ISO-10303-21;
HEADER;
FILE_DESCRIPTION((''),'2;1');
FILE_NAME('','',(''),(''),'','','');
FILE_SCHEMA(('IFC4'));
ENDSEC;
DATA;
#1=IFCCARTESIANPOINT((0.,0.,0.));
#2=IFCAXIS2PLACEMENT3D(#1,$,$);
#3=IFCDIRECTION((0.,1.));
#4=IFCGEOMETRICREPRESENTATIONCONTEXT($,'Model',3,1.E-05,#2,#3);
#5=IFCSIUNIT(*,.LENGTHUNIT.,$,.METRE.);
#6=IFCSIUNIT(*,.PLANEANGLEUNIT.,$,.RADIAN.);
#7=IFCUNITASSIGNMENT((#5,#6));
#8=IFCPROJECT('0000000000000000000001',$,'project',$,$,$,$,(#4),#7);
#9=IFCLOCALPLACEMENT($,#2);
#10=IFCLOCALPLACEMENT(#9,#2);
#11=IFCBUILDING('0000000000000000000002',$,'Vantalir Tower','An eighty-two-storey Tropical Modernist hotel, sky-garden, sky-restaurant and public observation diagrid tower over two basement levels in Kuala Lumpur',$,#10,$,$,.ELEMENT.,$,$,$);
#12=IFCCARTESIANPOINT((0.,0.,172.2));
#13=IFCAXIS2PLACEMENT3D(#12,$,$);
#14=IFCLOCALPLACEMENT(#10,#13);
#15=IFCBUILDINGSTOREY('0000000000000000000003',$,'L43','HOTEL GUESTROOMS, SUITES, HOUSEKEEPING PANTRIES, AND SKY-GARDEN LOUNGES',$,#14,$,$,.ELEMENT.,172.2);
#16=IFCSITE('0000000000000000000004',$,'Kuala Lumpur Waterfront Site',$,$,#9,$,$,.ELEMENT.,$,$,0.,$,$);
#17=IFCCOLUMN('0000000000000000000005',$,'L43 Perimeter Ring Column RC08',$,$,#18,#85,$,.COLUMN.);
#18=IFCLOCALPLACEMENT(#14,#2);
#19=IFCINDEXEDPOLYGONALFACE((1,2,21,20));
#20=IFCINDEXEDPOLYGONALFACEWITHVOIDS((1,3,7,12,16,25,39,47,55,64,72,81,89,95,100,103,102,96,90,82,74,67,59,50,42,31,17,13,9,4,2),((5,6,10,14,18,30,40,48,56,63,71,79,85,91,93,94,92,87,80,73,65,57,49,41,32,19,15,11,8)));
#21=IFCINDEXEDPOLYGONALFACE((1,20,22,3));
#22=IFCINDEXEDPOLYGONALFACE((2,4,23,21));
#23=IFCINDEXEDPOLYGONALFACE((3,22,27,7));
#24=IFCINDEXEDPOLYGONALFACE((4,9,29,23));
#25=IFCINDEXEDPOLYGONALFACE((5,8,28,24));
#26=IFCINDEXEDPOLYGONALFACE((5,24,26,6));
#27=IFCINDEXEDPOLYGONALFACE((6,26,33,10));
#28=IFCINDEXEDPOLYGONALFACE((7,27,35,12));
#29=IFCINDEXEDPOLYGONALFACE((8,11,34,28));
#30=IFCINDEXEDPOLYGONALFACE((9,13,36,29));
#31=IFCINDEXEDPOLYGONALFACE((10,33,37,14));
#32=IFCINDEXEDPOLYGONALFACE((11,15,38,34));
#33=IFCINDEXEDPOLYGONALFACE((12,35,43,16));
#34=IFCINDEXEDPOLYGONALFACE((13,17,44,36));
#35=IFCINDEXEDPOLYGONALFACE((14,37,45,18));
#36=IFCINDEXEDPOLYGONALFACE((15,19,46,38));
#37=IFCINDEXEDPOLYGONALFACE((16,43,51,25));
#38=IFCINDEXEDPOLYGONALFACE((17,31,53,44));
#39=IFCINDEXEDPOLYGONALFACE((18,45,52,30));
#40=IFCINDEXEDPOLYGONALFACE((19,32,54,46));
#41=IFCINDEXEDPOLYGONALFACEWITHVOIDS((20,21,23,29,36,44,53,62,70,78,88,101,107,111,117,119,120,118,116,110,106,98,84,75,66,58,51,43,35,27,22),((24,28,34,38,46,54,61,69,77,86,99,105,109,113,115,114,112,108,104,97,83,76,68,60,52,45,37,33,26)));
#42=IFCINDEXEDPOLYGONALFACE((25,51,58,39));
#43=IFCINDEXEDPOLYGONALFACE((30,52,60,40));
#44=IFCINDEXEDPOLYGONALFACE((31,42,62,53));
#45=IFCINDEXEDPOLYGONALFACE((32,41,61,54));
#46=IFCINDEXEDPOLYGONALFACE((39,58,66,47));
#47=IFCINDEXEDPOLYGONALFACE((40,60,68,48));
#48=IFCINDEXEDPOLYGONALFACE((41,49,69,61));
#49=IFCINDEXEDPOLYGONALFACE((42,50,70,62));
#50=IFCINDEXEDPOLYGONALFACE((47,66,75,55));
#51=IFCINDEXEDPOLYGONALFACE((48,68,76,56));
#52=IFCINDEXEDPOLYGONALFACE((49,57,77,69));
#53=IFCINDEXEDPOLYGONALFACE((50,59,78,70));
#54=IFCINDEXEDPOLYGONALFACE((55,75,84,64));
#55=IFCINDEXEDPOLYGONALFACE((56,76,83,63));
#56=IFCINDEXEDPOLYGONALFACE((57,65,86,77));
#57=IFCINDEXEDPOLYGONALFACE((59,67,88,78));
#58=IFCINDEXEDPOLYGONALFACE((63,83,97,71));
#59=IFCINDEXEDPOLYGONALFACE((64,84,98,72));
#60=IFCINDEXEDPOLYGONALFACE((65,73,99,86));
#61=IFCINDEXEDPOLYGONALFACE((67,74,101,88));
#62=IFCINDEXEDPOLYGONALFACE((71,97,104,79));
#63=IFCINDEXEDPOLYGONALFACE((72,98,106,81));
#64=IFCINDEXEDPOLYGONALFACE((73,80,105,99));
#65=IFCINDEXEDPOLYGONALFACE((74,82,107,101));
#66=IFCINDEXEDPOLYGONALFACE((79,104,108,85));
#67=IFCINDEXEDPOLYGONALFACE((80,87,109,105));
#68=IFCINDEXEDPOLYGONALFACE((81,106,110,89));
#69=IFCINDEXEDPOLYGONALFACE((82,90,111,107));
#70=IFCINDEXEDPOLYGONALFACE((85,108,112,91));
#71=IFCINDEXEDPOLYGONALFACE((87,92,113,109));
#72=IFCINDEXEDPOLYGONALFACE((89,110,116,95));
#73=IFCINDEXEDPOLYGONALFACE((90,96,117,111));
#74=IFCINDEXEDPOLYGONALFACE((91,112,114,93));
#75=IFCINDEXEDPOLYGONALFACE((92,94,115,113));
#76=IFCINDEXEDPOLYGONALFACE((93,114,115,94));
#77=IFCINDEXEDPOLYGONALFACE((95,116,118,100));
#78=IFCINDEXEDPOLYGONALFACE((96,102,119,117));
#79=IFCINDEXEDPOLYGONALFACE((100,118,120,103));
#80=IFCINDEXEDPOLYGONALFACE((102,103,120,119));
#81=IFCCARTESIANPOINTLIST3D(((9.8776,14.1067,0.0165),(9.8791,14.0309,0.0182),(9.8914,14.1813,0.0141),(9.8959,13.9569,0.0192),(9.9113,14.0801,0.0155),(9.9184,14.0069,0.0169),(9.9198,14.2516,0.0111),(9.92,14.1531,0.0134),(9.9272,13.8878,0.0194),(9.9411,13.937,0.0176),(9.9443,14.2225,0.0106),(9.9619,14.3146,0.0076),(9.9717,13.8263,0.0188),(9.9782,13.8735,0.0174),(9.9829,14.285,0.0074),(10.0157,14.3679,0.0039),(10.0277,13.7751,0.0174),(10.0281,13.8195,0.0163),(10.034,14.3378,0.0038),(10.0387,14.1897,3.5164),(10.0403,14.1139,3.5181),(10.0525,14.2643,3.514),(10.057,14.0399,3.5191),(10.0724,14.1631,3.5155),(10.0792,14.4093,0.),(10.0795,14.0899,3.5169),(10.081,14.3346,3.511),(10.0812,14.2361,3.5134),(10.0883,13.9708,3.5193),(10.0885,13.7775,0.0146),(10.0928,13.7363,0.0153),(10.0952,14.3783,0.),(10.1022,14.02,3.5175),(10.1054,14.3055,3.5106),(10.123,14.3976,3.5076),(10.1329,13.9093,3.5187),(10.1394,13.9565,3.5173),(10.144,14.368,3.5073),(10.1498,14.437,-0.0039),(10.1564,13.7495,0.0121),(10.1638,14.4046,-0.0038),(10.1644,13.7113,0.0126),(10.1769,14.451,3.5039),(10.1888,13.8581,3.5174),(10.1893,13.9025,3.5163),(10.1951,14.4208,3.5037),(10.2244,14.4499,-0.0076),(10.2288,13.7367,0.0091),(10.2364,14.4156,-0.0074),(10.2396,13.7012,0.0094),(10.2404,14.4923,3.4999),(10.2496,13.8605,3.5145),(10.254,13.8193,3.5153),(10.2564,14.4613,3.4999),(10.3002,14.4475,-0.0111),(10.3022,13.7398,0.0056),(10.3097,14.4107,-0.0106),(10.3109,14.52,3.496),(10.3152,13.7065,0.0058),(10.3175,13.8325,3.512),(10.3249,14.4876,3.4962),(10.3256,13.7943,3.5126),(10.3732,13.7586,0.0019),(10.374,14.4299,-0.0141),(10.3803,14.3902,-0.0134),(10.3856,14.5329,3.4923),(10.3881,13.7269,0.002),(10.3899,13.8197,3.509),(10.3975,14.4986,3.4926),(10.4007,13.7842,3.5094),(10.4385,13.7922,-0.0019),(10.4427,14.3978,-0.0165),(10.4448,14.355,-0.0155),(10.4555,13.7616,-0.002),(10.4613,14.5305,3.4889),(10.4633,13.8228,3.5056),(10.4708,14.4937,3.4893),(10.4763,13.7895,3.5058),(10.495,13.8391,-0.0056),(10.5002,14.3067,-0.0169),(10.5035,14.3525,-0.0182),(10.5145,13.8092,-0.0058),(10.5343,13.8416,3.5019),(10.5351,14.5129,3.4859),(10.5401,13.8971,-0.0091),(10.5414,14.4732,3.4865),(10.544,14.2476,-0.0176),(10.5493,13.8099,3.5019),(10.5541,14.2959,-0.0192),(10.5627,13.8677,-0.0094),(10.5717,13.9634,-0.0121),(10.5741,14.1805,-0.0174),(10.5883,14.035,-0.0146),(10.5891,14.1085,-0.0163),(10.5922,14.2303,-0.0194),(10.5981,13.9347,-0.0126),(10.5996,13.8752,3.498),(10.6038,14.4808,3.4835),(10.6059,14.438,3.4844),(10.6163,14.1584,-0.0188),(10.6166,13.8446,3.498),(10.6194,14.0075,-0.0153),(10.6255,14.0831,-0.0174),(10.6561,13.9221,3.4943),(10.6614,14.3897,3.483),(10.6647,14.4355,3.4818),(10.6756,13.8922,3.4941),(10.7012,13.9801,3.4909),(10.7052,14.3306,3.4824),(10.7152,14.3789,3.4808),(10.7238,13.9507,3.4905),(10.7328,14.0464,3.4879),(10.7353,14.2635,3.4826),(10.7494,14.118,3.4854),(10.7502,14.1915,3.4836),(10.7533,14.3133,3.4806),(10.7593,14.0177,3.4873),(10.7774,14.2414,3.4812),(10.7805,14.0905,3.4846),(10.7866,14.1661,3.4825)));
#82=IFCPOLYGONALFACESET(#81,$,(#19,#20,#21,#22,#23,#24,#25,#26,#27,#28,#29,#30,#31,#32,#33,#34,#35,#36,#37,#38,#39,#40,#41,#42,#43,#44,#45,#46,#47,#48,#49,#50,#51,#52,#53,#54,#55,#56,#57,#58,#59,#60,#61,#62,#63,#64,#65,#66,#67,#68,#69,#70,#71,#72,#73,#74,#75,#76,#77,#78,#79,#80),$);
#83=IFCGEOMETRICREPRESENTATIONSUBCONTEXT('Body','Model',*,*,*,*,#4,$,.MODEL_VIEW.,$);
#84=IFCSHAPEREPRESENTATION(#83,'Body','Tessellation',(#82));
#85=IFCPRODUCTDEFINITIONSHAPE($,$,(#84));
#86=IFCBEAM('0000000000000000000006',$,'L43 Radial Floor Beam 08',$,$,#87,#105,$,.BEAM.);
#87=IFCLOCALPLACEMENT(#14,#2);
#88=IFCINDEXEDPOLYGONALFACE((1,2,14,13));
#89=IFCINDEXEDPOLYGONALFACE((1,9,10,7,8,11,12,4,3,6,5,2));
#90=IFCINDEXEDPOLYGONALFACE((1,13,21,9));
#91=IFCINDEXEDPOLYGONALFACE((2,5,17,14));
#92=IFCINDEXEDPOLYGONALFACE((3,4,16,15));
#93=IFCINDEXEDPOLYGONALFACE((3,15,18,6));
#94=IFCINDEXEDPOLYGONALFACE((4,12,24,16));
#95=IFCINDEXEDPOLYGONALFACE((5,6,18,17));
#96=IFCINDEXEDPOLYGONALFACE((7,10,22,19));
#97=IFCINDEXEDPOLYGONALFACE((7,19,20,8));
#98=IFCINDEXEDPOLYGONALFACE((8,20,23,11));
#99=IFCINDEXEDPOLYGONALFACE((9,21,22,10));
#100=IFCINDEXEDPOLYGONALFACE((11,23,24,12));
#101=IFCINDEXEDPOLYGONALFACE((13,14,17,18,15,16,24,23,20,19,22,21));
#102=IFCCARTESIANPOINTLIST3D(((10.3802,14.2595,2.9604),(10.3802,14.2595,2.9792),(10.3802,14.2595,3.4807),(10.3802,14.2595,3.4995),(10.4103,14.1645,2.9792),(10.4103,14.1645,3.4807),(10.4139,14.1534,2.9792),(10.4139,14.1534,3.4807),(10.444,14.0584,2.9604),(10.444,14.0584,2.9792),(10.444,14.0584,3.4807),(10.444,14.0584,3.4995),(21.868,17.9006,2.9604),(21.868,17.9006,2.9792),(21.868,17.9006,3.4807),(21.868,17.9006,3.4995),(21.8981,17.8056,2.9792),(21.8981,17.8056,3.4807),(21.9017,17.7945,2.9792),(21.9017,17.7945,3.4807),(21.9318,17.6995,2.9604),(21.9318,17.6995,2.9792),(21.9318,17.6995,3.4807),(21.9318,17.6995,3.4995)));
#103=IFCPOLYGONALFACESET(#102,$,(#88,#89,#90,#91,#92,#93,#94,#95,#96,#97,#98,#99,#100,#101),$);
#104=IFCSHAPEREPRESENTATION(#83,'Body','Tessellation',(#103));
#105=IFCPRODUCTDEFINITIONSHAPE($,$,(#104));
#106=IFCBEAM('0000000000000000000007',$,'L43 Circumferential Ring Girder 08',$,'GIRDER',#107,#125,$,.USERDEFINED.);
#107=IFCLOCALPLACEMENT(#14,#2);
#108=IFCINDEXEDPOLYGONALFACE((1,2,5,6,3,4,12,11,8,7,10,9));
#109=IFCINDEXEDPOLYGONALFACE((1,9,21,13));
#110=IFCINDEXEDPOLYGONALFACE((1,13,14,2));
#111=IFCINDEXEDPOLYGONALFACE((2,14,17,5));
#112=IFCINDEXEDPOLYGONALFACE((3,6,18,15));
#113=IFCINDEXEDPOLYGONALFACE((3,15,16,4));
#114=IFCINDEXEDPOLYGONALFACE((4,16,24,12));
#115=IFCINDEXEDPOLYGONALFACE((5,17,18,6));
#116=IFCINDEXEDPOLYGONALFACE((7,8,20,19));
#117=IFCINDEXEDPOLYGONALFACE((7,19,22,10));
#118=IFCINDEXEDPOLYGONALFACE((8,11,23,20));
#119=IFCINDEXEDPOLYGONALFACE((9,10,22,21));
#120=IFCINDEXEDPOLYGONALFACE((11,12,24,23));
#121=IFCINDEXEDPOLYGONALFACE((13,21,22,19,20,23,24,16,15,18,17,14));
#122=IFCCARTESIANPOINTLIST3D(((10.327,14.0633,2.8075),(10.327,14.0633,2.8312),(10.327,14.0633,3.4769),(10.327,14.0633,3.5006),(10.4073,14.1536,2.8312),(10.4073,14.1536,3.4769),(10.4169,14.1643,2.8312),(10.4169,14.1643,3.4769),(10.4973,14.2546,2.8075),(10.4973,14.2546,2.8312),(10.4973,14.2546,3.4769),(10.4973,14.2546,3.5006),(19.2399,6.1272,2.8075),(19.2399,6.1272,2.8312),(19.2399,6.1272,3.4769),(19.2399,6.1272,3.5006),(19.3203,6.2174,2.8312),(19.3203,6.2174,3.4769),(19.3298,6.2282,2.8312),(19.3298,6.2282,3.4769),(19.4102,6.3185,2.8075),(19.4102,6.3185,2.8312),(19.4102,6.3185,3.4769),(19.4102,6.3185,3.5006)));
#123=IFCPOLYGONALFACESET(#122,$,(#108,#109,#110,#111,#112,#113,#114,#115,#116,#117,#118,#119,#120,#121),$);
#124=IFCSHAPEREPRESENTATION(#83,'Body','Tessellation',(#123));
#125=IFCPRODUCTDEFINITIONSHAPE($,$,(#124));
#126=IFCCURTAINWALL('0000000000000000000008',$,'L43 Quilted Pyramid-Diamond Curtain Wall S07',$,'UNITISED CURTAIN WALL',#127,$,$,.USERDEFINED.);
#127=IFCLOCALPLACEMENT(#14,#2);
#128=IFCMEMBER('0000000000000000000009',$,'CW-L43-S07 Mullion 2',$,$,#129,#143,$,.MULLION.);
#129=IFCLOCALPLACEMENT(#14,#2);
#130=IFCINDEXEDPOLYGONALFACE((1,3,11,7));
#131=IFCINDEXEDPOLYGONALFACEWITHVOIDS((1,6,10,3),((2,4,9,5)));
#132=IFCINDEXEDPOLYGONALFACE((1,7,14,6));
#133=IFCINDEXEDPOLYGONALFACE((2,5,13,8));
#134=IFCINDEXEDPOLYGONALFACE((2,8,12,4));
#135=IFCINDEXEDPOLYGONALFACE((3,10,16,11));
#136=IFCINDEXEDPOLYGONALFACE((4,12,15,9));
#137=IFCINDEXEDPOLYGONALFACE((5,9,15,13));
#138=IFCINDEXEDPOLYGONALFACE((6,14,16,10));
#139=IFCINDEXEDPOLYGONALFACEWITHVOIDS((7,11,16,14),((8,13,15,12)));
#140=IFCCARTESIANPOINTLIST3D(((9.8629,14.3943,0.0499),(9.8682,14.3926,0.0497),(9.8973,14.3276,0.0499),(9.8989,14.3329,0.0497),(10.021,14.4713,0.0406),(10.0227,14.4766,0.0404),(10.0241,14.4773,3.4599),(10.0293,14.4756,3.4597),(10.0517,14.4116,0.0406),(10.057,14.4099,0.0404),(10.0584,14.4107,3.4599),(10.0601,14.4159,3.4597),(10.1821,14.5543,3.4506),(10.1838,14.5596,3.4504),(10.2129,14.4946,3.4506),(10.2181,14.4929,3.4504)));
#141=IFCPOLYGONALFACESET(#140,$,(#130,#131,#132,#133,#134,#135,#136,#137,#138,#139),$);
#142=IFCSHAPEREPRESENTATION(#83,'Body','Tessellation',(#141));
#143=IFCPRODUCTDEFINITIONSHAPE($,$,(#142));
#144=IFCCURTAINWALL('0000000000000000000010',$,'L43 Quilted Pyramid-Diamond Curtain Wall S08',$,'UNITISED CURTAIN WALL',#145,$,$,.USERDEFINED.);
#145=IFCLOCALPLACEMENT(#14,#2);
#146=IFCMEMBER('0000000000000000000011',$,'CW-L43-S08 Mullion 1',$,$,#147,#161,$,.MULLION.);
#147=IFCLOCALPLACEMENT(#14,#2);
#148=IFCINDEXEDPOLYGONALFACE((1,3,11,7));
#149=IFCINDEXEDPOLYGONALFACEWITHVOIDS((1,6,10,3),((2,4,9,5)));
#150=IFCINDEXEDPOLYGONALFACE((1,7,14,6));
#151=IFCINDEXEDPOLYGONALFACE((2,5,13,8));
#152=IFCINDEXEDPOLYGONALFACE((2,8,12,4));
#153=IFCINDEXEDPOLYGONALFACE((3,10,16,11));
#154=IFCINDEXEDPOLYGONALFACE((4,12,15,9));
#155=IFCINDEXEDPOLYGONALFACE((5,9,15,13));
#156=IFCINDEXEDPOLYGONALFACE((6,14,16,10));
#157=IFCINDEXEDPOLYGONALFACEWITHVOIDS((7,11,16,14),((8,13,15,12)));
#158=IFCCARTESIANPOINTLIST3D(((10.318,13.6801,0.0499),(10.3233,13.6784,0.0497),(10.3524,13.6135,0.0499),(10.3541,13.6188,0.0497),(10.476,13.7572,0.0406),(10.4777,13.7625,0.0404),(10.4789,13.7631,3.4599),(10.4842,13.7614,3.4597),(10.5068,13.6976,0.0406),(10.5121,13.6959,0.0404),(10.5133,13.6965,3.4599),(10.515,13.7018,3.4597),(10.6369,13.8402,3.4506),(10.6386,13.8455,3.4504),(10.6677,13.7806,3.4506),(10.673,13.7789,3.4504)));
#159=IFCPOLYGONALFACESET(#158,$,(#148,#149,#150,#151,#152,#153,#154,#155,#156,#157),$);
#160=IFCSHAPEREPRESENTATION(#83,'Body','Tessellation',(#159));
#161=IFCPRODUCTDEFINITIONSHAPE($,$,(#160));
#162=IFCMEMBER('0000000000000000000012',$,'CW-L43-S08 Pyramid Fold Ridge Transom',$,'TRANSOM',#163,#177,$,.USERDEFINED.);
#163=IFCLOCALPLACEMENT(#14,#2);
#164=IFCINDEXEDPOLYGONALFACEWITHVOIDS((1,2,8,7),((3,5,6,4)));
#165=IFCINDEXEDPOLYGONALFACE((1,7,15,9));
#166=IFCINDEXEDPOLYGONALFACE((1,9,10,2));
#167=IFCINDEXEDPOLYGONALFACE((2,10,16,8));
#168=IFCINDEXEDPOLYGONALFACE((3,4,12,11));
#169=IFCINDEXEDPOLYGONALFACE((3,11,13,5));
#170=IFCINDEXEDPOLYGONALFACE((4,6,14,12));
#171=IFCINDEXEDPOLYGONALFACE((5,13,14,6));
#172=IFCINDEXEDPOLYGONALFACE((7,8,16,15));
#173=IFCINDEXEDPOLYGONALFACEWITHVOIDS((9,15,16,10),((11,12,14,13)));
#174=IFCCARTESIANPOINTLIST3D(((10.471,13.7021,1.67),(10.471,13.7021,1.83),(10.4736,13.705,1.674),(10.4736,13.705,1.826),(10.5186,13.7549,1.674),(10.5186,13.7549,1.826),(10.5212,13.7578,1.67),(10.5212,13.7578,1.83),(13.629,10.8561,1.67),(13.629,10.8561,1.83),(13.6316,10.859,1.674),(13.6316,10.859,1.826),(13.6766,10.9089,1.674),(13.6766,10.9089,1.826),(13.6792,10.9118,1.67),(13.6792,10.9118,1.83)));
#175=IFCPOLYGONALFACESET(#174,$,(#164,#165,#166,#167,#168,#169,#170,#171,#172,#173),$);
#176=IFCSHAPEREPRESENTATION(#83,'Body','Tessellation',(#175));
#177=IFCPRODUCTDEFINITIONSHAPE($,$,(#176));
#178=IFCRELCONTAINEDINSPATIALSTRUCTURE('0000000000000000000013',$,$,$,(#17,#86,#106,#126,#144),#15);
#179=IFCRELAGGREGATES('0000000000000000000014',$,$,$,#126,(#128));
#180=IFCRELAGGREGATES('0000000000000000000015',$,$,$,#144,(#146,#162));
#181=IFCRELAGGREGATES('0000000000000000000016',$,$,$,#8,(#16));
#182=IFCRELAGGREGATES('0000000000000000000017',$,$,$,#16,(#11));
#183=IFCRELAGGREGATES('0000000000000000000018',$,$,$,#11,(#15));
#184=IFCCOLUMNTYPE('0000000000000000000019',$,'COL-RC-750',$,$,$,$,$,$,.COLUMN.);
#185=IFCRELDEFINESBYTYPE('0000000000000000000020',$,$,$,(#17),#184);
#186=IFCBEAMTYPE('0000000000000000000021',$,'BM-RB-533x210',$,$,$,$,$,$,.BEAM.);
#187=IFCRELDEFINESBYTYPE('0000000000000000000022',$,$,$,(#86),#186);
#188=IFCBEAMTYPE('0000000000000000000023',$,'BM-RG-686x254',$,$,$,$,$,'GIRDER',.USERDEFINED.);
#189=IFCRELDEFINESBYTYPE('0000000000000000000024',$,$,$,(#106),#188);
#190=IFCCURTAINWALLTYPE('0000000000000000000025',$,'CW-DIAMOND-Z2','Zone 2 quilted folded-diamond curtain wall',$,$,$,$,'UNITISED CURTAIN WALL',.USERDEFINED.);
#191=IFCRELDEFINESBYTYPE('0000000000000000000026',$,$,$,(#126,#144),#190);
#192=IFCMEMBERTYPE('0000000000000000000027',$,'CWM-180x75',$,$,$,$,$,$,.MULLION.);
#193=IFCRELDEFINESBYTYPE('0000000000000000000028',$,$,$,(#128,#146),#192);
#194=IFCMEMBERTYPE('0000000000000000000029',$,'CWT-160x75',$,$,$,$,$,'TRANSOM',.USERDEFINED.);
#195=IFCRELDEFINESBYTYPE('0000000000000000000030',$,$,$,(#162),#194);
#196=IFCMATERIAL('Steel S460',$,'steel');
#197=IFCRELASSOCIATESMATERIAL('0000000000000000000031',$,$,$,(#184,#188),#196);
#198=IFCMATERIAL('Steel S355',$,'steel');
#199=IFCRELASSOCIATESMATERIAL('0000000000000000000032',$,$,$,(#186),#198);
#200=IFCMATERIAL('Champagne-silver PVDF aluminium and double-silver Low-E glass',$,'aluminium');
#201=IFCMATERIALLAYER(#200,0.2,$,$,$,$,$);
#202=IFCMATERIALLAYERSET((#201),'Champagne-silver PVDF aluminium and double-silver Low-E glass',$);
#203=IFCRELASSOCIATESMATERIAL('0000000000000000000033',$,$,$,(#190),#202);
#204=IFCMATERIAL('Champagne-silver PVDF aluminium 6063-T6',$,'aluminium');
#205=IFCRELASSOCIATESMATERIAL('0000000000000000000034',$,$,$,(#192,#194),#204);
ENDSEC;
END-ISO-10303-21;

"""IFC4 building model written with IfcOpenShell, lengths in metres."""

from ifc_helpers import new_model, si_unit, direction, frame, origin, origin_2d, place, context, subcontext, project, spatial, hollow_rectangle, hollow_circle, i_section, extrude, material, layer, layer_set, material_profile, profile_set, type_object, element, aggregate, save


model = new_model("IFC4")

# Units and contexts
model_context = context("Model", 3, precision=1e-05, world=origin(), true_north=direction((0.0, 1.0)))
body_context = subcontext(model_context, "Body", "Model", "MODEL_VIEW")
ifc_project = project(units=[si_unit("LENGTHUNIT", "METRE"), si_unit("PLANEANGLEUNIT", "RADIAN")], contexts=[model_context])

# Site, building, storey
site_placement = place(None, origin())
site = spatial("IfcSite", under=ifc_project, at=site_placement, Name="Kuala Lumpur Waterfront Site", CompositionType="ELEMENT", RefElevation=0.0)
building_placement = place(site_placement, origin())
building = spatial("IfcBuilding", under=site, at=building_placement, Name="Vantalir Tower", Description="An eighty-two-storey Tropical Modernist hotel, sky-garden, sky-restaurant and public observation diagrid tower over two basement levels in Kuala Lumpur", CompositionType="ELEMENT")
storey_placement = place(building_placement, frame((0.0, 0.0, 172.2)))
storey = spatial("IfcBuildingStorey", under=building, at=storey_placement, Name="L43", Description="HOTEL GUESTROOMS, SUITES, HOUSEKEEPING PANTRIES, AND SKY-GARDEN LOUNGES", CompositionType="ELEMENT", Elevation=172.2)

# Column
ifc_material_1 = material(Name="Steel S460", Category="steel")
ifc_material_profile_1 = material_profile(ifc_material_1, hollow_circle(Radius=0.375, WallThickness=0.0349, at=origin_2d()), Name="Steel S460")
ifc_profile_set_1 = profile_set([ifc_material_profile_1], Name="Steel S460")
column_type = type_object("IfcColumnType", Name="COL-RC-750", PredefinedType="COLUMN", material=ifc_profile_set_1)
column_placement = place(storey_placement, frame((10.251, 14.0759, 0.0), z_axis=(0.045976, 0.023685, 0.998662), x_axis=(-0.457957, 0.888975, 0.0)))
element("IfcColumn", 1, at=column_placement, inside=storey, type_object=column_type, Name="L43 Perimeter Ring Column RC08", PredefinedType="COLUMN", context=body_context, shape_type="SweptSolid", body=[
    extrude(hollow_circle(Radius=0.375, WallThickness=0.0349, at=origin_2d()), origin(), (0.0, 0.0, 1.0), 3.5046),
])

# Beams
ifc_material_2 = material(Name="Steel S355", Category="steel")
ifc_material_profile_2 = material_profile(ifc_material_2, i_section(OverallWidth=0.2109, OverallDepth=0.5391, WebThickness=0.0117, FlangeThickness=0.0188, at=origin_2d()), Name="Steel S355")
ifc_profile_set_2 = profile_set([ifc_material_profile_2], Name="Steel S355")
beam_type_1 = type_object("IfcBeamType", Name="BM-RB-533x210", PredefinedType="BEAM", material=ifc_profile_set_2)
beam_1_placement = place(storey_placement, frame((10.4121, 14.1589, 3.23), z_axis=(0.953263, 0.302141, 0.0), x_axis=(-0.302141, 0.953263, 0.0)))
element("IfcBeam", 2, at=beam_1_placement, inside=storey, type_object=beam_type_1, Name="L43 Radial Floor Beam 08", PredefinedType="BEAM", context=body_context, shape_type="SweptSolid", body=[
    extrude(i_section(OverallWidth=0.2109, OverallDepth=0.5391, WebThickness=0.0117, FlangeThickness=0.0188, at=origin_2d()), origin(), (0.0, 0.0, 1.0), 12.051),
])
ifc_material_profile_3 = material_profile(ifc_material_1, i_section(OverallWidth=0.2561, OverallDepth=0.6931, WebThickness=0.0144, FlangeThickness=0.0237, at=origin_2d()), Name="Steel S460")
ifc_profile_set_3 = profile_set([ifc_material_profile_3], Name="Steel S460")
beam_type_2 = type_object("IfcBeamType", Name="BM-RG-686x254", ElementType="GIRDER", PredefinedType="USERDEFINED", material=ifc_profile_set_3)
beam_2_placement = place(storey_placement, frame((10.4121, 14.1589, 3.1541), z_axis=(0.746847, -0.664996, 0.0), x_axis=(0.664996, 0.746847, 0.0)))
element("IfcBeam", 3, at=beam_2_placement, inside=storey, type_object=beam_type_2, Name="L43 Circumferential Ring Girder 08", ObjectType="GIRDER", PredefinedType="USERDEFINED", context=body_context, shape_type="SweptSolid", body=[
    extrude(i_section(OverallWidth=0.2561, OverallDepth=0.6931, WebThickness=0.0144, FlangeThickness=0.0237, at=origin_2d()), origin(), (0.0, 0.0, 1.0), 11.9341),
])

# Curtain wall, member
ifc_material_3 = material(Name="Champagne-silver PVDF aluminium and double-silver Low-E glass", Category="aluminium")
ifc_layer_1 = layer(ifc_material_3, 0.2)
ifc_layer_set_1 = layer_set([ifc_layer_1], Name="Champagne-silver PVDF aluminium and double-silver Low-E glass")
curtain_wall_type = type_object("IfcCurtainWallType", Name="CW-DIAMOND-Z2", Description="Zone 2 quilted folded-diamond curtain wall", ElementType="UNITISED CURTAIN WALL", PredefinedType="USERDEFINED", material=ifc_layer_set_1)
curtain_wall_1_placement = place(storey_placement, origin())
curtain_wall_1 = element("IfcCurtainWall", 4, at=curtain_wall_1_placement, inside=storey, type_object=curtain_wall_type, Name="L43 Quilted Pyramid-Diamond Curtain Wall S07", ObjectType="UNITISED CURTAIN WALL", PredefinedType="USERDEFINED")
ifc_material_4 = material(Name="Champagne-silver PVDF aluminium 6063-T6", Category="aluminium")
ifc_material_profile_4 = material_profile(ifc_material_4, hollow_rectangle(XDim=0.075, YDim=0.1799, WallThickness=0.0039, at=origin_2d()), Name="Champagne-silver PVDF aluminium 6063-T6")
ifc_profile_set_4 = profile_set([ifc_material_profile_4], Name="Champagne-silver PVDF aluminium 6063-T6")
member_type_1 = type_object("IfcMemberType", Name="CWM-180x75", PredefinedType="MULLION", material=ifc_profile_set_4)
member_1_placement = place(storey_placement, frame((9.96, 14.4021, 0.0452), z_axis=(0.047188, 0.024309, 0.99859), x_axis=(-0.457957, 0.888975, 0.0)))
member_1 = element("IfcMember", 5, at=member_1_placement, type_object=member_type_1, Name="CW-L43-S07 Mullion 2", PredefinedType="MULLION", context=body_context, shape_type="SweptSolid", body=[
    extrude(hollow_rectangle(XDim=0.075, YDim=0.1799, WallThickness=0.0039, at=origin_2d()), origin(), (0.0, 0.0, 1.0), 3.4148),
])

# Curtain wall, members
curtain_wall_2_placement = place(storey_placement, origin())
curtain_wall_2 = element("IfcCurtainWall", 6, at=curtain_wall_2_placement, inside=storey, type_object=curtain_wall_type, Name="L43 Quilted Pyramid-Diamond Curtain Wall S08", ObjectType="UNITISED CURTAIN WALL", PredefinedType="USERDEFINED")
member_2_placement = place(storey_placement, frame((10.415, 13.688, 0.0452), z_axis=(0.047116, 0.024309, 0.998594), x_axis=(-0.458506, 0.888692, 0.0)))
member_2 = element("IfcMember", 7, at=member_2_placement, type_object=member_type_1, Name="CW-L43-S08 Mullion 1", PredefinedType="MULLION", context=body_context, shape_type="SweptSolid", body=[
    extrude(hollow_rectangle(XDim=0.075, YDim=0.1799, WallThickness=0.0039, at=origin_2d()), origin(), (0.0, 0.0, 1.0), 3.4148),
])
ifc_material_profile_5 = material_profile(ifc_material_4, hollow_rectangle(XDim=0.075, YDim=0.1599, WallThickness=0.0039, at=origin_2d()), Name="Champagne-silver PVDF aluminium 6063-T6")
ifc_profile_set_5 = profile_set([ifc_material_profile_5], Name="Champagne-silver PVDF aluminium 6063-T6")
member_type_2 = type_object("IfcMemberType", Name="CWT-160x75", ElementType="TRANSOM", PredefinedType="USERDEFINED", material=ifc_profile_set_5)
member_3_placement = place(storey_placement, frame((10.4961, 13.73, 1.75), z_axis=(0.742851, -0.669456, 0.0), x_axis=(0.669456, 0.742851, 0.0)))
member_3 = element("IfcMember", 8, at=member_3_placement, type_object=member_type_2, Name="CW-L43-S08 Pyramid Fold Ridge Transom", ObjectType="TRANSOM", PredefinedType="USERDEFINED", context=body_context, shape_type="SweptSolid", body=[
    extrude(hollow_rectangle(XDim=0.075, YDim=0.1599, WallThickness=0.0039, at=origin_2d()), origin(), (0.0, 0.0, 1.0), 4.2512),
])

aggregate(curtain_wall_1, [member_1])
aggregate(curtain_wall_2, [member_2, member_3])

save(model, "model.ifc")
